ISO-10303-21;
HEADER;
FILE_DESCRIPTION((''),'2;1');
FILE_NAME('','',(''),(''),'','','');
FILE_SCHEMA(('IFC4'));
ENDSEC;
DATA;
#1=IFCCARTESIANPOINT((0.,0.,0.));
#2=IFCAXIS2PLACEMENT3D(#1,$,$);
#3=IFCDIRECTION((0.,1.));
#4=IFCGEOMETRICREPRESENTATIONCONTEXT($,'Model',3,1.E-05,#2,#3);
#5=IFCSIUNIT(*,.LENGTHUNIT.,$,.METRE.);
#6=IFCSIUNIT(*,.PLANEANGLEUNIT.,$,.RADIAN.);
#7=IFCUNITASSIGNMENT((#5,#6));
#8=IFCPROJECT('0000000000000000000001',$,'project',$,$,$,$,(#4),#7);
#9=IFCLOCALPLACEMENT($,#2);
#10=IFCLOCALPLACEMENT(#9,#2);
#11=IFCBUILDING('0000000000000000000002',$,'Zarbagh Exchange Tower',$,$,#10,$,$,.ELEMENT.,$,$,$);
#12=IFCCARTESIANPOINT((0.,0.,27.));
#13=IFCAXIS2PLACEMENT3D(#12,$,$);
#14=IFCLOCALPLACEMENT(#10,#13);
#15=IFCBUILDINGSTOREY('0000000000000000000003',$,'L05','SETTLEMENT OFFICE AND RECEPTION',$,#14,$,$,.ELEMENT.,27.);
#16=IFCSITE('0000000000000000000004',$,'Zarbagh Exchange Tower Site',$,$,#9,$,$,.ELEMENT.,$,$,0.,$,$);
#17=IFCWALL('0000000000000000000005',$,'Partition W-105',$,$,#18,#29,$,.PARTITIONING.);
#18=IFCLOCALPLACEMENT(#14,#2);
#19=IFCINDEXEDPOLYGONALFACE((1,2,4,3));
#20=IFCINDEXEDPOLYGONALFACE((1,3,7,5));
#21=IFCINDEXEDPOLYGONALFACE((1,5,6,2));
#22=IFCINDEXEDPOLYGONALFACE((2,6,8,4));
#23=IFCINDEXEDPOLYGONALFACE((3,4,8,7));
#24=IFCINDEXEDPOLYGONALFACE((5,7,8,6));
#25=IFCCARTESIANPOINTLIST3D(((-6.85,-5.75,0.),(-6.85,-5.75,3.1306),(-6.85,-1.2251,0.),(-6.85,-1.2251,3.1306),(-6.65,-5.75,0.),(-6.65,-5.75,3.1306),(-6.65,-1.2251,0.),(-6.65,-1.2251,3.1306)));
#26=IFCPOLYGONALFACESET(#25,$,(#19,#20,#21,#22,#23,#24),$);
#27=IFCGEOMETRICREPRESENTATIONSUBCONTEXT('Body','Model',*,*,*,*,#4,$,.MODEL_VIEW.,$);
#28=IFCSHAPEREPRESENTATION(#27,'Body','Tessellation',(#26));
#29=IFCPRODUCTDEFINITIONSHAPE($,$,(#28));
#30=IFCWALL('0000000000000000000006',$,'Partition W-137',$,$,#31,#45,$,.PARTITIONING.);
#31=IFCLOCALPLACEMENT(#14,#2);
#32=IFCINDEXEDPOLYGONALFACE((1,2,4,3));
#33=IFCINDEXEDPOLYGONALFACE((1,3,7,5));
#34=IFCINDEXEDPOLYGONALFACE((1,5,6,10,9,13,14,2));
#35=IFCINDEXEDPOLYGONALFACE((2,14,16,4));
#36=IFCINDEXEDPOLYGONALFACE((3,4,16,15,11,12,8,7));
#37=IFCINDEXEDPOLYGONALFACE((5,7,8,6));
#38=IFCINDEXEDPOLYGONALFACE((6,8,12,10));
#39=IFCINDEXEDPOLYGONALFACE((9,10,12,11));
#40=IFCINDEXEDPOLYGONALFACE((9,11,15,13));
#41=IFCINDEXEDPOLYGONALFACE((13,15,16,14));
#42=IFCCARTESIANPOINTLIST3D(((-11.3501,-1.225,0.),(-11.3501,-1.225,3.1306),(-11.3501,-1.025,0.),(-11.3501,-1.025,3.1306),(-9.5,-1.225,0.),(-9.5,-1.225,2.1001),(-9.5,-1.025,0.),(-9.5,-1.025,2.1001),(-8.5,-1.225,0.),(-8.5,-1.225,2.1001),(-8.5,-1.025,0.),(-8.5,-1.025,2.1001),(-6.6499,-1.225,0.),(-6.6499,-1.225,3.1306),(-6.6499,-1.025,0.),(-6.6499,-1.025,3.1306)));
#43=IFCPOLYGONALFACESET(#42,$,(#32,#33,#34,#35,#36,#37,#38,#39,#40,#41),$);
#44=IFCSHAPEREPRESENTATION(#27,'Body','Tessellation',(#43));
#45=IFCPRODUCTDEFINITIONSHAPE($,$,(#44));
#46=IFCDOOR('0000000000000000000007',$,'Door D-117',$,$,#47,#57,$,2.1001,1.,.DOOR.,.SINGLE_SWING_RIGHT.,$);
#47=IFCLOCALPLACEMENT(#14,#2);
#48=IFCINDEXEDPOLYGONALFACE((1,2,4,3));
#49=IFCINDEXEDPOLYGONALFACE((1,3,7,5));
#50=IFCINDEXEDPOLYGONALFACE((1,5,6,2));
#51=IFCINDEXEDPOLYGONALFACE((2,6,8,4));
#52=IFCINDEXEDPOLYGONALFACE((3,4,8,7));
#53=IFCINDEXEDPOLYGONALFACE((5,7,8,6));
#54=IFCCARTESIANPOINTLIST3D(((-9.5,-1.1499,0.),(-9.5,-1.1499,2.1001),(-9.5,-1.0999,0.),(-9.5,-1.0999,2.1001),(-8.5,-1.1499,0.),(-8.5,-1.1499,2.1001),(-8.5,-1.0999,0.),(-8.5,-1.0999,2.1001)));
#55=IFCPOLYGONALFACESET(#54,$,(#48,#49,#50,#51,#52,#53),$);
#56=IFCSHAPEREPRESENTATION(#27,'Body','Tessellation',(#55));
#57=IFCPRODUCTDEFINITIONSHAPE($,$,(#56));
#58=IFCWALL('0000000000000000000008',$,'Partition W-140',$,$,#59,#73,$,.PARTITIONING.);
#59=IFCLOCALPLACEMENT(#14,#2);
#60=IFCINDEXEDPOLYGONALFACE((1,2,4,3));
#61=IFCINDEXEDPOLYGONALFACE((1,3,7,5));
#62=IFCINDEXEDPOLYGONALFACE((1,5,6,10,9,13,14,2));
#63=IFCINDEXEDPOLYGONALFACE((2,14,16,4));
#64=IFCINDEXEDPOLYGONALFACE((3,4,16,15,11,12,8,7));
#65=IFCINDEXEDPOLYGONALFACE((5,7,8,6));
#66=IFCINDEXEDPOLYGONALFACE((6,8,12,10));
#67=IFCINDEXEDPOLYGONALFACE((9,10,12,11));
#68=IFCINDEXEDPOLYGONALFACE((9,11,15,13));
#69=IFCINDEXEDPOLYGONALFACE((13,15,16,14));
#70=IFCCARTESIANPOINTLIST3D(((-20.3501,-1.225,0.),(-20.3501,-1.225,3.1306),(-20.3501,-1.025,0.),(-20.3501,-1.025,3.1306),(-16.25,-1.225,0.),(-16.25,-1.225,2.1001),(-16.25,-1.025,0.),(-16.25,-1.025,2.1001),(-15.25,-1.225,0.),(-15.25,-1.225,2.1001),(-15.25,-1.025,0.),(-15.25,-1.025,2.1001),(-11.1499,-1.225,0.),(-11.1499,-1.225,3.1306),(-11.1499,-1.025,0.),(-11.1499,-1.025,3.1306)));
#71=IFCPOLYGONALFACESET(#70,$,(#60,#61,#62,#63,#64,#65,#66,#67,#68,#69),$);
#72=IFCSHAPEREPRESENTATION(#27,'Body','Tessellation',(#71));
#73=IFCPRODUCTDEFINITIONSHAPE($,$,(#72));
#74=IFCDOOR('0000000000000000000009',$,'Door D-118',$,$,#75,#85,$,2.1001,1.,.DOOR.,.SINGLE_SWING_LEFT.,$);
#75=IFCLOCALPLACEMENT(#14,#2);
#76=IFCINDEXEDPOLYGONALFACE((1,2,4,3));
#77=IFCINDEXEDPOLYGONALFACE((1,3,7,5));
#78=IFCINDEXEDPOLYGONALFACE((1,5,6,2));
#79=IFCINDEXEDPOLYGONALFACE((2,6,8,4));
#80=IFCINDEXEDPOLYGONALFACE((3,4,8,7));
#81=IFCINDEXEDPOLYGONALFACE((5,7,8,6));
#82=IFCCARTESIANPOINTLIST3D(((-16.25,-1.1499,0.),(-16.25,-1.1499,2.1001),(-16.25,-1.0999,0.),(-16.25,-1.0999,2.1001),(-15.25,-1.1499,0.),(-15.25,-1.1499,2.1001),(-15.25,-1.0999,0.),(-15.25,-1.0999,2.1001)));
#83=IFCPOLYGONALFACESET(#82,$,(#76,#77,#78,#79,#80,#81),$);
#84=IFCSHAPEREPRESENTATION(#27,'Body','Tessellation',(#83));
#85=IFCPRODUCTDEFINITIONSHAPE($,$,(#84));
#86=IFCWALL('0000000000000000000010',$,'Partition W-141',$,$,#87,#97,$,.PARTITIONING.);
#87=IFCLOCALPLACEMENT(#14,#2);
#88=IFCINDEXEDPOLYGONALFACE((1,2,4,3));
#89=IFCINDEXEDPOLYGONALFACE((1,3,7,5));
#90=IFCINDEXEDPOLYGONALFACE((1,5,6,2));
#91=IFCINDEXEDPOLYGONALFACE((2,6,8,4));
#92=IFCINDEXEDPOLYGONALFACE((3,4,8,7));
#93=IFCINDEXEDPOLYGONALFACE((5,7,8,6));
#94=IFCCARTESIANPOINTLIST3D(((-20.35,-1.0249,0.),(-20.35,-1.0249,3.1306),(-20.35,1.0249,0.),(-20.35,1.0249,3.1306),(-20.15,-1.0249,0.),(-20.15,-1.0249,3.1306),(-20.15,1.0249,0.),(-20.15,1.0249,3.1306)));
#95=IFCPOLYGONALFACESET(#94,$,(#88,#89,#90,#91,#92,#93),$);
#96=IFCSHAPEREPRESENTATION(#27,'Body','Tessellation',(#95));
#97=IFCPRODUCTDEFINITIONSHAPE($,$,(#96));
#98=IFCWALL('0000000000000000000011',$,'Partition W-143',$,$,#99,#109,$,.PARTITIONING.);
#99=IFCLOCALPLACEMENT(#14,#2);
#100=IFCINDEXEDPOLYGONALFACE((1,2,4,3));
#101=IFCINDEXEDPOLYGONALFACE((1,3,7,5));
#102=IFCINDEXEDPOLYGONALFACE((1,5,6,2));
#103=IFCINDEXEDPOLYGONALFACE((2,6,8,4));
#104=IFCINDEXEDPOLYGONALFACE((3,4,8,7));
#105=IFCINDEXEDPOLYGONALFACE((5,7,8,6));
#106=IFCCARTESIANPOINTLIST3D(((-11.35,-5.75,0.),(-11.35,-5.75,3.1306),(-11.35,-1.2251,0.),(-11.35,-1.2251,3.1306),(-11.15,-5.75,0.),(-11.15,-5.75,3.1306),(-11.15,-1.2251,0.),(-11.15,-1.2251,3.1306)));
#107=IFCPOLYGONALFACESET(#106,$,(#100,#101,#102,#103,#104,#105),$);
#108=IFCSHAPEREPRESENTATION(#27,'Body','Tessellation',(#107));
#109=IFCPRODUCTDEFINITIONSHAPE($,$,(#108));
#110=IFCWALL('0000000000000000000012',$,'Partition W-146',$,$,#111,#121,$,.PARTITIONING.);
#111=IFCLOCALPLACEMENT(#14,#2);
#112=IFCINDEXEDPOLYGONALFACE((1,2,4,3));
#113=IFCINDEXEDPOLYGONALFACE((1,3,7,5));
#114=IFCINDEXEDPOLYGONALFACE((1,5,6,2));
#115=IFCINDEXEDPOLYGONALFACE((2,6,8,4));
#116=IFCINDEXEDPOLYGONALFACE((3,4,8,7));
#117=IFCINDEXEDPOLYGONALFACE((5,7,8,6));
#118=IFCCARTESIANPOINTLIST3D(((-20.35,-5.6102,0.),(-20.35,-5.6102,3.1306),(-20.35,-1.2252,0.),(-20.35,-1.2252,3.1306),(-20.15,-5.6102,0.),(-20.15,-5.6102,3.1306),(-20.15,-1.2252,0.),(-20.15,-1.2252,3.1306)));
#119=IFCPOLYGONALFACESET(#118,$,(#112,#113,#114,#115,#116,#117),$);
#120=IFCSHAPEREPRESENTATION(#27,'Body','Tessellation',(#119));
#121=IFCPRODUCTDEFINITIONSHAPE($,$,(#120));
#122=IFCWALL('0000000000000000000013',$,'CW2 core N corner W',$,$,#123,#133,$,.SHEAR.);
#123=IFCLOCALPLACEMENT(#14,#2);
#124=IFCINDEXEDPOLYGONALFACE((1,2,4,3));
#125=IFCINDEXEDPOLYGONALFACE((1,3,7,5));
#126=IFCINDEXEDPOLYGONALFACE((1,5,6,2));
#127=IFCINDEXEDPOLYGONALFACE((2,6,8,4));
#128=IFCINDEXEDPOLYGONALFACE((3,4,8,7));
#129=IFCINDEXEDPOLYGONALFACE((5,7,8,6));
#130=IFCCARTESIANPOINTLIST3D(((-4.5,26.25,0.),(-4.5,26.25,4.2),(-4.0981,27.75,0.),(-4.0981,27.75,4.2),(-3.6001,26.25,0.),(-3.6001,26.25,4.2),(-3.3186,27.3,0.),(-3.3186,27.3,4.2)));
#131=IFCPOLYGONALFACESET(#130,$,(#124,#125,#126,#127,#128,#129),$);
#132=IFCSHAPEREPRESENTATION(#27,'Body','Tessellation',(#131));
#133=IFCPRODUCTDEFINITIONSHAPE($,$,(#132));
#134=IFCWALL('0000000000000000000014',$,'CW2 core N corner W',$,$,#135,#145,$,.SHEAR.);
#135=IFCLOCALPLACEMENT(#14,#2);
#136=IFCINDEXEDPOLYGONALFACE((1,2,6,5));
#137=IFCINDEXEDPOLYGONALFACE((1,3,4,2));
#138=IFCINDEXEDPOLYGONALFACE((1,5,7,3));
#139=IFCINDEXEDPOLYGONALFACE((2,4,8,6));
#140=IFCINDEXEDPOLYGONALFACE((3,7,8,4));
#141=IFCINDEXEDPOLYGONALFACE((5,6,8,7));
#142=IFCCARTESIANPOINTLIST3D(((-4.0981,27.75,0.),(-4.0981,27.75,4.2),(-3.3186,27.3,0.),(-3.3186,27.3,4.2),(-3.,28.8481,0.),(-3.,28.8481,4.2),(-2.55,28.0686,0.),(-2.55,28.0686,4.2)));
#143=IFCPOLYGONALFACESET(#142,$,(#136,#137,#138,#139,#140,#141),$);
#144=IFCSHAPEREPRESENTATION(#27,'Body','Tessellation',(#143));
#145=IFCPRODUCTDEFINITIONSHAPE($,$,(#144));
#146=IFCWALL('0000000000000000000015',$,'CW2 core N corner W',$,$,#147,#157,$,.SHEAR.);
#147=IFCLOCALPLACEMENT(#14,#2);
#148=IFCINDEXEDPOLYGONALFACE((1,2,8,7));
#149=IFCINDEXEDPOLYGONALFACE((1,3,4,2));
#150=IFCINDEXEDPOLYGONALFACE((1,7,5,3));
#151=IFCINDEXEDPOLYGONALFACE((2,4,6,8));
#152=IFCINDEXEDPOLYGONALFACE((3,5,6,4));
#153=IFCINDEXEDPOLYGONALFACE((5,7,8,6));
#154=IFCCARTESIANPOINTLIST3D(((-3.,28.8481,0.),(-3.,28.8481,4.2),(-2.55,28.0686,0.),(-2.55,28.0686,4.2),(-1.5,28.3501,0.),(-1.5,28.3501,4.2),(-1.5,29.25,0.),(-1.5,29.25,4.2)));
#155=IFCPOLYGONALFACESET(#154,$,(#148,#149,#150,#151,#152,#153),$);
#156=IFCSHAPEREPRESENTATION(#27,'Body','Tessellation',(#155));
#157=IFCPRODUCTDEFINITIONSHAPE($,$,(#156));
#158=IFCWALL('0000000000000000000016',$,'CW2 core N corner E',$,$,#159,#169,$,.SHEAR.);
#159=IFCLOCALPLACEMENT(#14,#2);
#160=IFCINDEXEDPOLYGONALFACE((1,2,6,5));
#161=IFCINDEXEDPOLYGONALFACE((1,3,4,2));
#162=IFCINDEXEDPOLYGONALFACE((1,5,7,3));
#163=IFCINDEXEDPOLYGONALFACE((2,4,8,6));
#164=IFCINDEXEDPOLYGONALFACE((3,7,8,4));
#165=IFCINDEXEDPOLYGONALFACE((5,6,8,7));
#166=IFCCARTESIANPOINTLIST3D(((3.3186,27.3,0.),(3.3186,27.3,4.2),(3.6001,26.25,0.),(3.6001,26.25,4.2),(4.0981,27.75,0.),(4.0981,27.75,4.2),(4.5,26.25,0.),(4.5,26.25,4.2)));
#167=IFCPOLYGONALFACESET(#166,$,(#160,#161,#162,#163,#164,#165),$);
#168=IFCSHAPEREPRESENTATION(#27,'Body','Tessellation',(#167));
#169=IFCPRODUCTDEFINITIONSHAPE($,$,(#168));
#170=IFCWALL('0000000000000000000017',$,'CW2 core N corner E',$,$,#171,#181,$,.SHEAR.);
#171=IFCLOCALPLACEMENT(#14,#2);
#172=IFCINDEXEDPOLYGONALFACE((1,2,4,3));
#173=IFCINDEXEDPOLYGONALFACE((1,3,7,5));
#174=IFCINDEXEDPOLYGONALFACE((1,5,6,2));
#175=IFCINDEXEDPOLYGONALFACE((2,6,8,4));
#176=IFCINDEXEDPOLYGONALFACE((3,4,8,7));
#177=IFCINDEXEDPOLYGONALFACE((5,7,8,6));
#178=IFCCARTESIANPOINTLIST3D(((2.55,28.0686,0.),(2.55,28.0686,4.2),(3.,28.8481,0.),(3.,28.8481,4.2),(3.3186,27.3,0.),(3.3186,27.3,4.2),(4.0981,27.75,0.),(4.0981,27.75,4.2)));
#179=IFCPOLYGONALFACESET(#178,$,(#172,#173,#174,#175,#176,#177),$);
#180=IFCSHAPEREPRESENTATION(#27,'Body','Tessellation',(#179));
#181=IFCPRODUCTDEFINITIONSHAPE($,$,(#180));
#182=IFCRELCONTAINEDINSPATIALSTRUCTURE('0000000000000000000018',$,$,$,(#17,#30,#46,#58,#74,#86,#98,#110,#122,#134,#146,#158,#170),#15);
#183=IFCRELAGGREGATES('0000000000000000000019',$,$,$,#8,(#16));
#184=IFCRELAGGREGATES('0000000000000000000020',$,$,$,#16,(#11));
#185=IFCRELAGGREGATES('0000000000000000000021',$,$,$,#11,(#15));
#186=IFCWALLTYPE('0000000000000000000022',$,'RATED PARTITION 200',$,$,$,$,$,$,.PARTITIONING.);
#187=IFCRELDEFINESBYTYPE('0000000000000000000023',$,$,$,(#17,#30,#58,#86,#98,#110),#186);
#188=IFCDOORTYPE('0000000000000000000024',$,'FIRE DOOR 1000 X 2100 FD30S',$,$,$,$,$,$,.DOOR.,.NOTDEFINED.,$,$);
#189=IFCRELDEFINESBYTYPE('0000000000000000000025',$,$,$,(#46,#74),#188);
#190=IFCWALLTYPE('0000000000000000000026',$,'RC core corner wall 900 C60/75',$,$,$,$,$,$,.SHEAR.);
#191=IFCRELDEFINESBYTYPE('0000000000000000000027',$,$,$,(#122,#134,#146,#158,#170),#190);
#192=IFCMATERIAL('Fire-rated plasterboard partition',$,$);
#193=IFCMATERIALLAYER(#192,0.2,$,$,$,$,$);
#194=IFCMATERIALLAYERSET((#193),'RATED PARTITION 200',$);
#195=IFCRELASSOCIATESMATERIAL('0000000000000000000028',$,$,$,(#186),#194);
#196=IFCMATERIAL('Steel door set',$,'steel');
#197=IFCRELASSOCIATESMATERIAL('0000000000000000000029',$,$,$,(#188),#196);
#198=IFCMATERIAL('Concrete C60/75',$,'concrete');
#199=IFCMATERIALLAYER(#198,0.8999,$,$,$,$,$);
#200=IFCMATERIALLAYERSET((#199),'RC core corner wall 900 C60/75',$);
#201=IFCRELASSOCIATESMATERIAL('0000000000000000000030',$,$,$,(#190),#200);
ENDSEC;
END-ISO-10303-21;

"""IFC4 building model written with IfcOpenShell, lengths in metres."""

from ifc_helpers import new_model, si_unit, direction, frame, frame_2d, origin, place, context, subcontext, project, spatial, polyline, rectangle, outline, extrude, material, layer, layer_set, type_object, element, fill, save


model = new_model("IFC4")

# Units and contexts
model_context = context("Model", 3, precision=1e-05, world=origin(), true_north=direction((0.0, 1.0)))
body_context = subcontext(model_context, "Body", "Model", "MODEL_VIEW")
ifc_project = project(units=[si_unit("LENGTHUNIT", "METRE"), si_unit("PLANEANGLEUNIT", "RADIAN")], contexts=[model_context])

# Site, building, storey
site_placement = place(None, origin())
site = spatial("IfcSite", under=ifc_project, at=site_placement, Name="Zarbagh Exchange Tower Site", CompositionType="ELEMENT", RefElevation=0.0)
building_placement = place(site_placement, origin())
building = spatial("IfcBuilding", under=site, at=building_placement, Name="Zarbagh Exchange Tower", CompositionType="ELEMENT")
storey_placement = place(building_placement, frame((0.0, 0.0, 27.0)))
storey = spatial("IfcBuildingStorey", under=building, at=storey_placement, Name="L05", Description="SETTLEMENT OFFICE AND RECEPTION", CompositionType="ELEMENT", Elevation=27.0)

# Shared definitions
ifc_material_1 = material(Name="Concrete C60/75", Category="concrete")

# Wall
ifc_material_2 = material(Name="Fire-rated plasterboard partition")
ifc_layer_1 = layer(ifc_material_2, 0.2)
ifc_layer_set_1 = layer_set([ifc_layer_1], Name="RATED PARTITION 200")
wall_type_1 = type_object("IfcWallType", Name="RATED PARTITION 200", PredefinedType="PARTITIONING", material=ifc_layer_set_1)
wall_1_placement = place(storey_placement, frame((-6.75, -5.75, 0.0), z_axis=(0.0, 0.0, 1.0), x_axis=(0.0, 1.0, 0.0)))
element("IfcWall", 1, at=wall_1_placement, inside=storey, type_object=wall_type_1, Name="Partition W-105", PredefinedType="PARTITIONING", context=body_context, shape_type="SweptSolid", body=[
    extrude(rectangle(XDim=4.5249, YDim=0.2, at=frame_2d((2.2625, 0.0))), origin(), (0.0, 0.0, 1.0), 3.1306),
])

# Walls, openings, doors
wall_2_placement = place(storey_placement, frame((-6.6499, -1.125, 0.0), z_axis=(0.0, 0.0, 1.0), x_axis=(-1.0, 0.0, 0.0)))
wall_2 = element("IfcWall", 2, at=wall_2_placement, inside=storey, type_object=wall_type_1, Name="Partition W-137", PredefinedType="PARTITIONING", context=body_context, shape_type="SweptSolid", body=[
    extrude(rectangle(XDim=4.7002, YDim=0.2, at=frame_2d((2.3501, 0.0))), origin(), (0.0, 0.0, 1.0), 3.1306),
])
opening_1_placement = place(wall_2_placement, frame((1.8501, 0.0, 0.0)))
opening_1 = element("IfcOpeningElement", 3, at=opening_1_placement, cuts=wall_2, PredefinedType="OPENING", context=body_context, shape_type="SweptSolid", body=[
    extrude(rectangle(XDim=1.0, YDim=2.1001, at=frame_2d((0.5, 1.05))), frame((0.0, 0.1099, 0.0), z_axis=(0.0, -1.0, 0.0), x_axis=(1.0, 0.0, 0.0)), (0.0, 0.0, 1.0), 0.22),
])
ifc_material_3 = material(Name="Steel door set", Category="steel")
door_type_1 = type_object("IfcDoorType", Name="FIRE DOOR 1000 X 2100 FD30S", OperationType="NOTDEFINED", PredefinedType="DOOR", material=ifc_material_3)
door_1_placement = place(opening_1_placement, origin())
door_1 = element("IfcDoor", 4, at=door_1_placement, inside=storey, type_object=door_type_1, Name="Door D-117", OperationType="SINGLE_SWING_RIGHT", OverallHeight=2.1001, OverallWidth=1.0, PredefinedType="DOOR", context=body_context, shape_type="SweptSolid", body=[
    extrude(rectangle(XDim=1.0, YDim=2.1001, at=frame_2d((0.5, 1.05))), frame((0.0, 0.0249, 0.0), z_axis=(0.0, -1.0, 0.0), x_axis=(1.0, 0.0, 0.0)), (0.0, 0.0, 1.0), 0.05),
])
fill(opening_1, door_1)
wall_3_placement = place(storey_placement, frame((-11.1499, -1.125, 0.0), z_axis=(0.0, 0.0, 1.0), x_axis=(-1.0, 0.0, 0.0)))
wall_3 = element("IfcWall", 5, at=wall_3_placement, inside=storey, type_object=wall_type_1, Name="Partition W-140", PredefinedType="PARTITIONING", context=body_context, shape_type="SweptSolid", body=[
    extrude(rectangle(XDim=9.2002, YDim=0.2, at=frame_2d((4.6001, 0.0))), origin(), (0.0, 0.0, 1.0), 3.1306),
])
opening_2_placement = place(wall_3_placement, frame((4.1001, 0.0, 0.0)))
opening_2 = element("IfcOpeningElement", 6, at=opening_2_placement, cuts=wall_3, PredefinedType="OPENING", context=body_context, shape_type="SweptSolid", body=[
    extrude(rectangle(XDim=1.0, YDim=2.1001, at=frame_2d((0.5, 1.05))), frame((0.0, 0.1099, 0.0), z_axis=(0.0, -1.0, 0.0), x_axis=(1.0, 0.0, 0.0)), (0.0, 0.0, 1.0), 0.22),
])
door_2_placement = place(opening_2_placement, origin())
door_2 = element("IfcDoor", 7, at=door_2_placement, inside=storey, type_object=door_type_1, Name="Door D-118", OperationType="SINGLE_SWING_LEFT", OverallHeight=2.1001, OverallWidth=1.0, PredefinedType="DOOR", context=body_context, shape_type="SweptSolid", body=[
    extrude(rectangle(XDim=1.0, YDim=2.1001, at=frame_2d((0.5, 1.05))), frame((0.0, 0.0249, 0.0), z_axis=(0.0, -1.0, 0.0), x_axis=(1.0, 0.0, 0.0)), (0.0, 0.0, 1.0), 0.05),
])
fill(opening_2, door_2)

# Walls
wall_4_placement = place(storey_placement, frame((-20.25, -1.0249, 0.0), z_axis=(0.0, 0.0, 1.0), x_axis=(0.0, 1.0, 0.0)))
element("IfcWall", 8, at=wall_4_placement, inside=storey, type_object=wall_type_1, Name="Partition W-141", PredefinedType="PARTITIONING", context=body_context, shape_type="SweptSolid", body=[
    extrude(rectangle(XDim=2.0498, YDim=0.2, at=frame_2d((1.0249, 0.0))), origin(), (0.0, 0.0, 1.0), 3.1306),
])
wall_5_placement = place(storey_placement, frame((-11.25, -5.75, 0.0), z_axis=(0.0, 0.0, 1.0), x_axis=(0.0, 1.0, 0.0)))
element("IfcWall", 9, at=wall_5_placement, inside=storey, type_object=wall_type_1, Name="Partition W-143", PredefinedType="PARTITIONING", context=body_context, shape_type="SweptSolid", body=[
    extrude(rectangle(XDim=4.5249, YDim=0.2, at=frame_2d((2.2625, 0.0))), origin(), (0.0, 0.0, 1.0), 3.1306),
])
wall_6_placement = place(storey_placement, frame((-20.25, -5.6101, 0.0), z_axis=(0.0, 0.0, 1.0), x_axis=(0.0, 1.0, 0.0)))
element("IfcWall", 10, at=wall_6_placement, inside=storey, type_object=wall_type_1, Name="Partition W-146", PredefinedType="PARTITIONING", context=body_context, shape_type="SweptSolid", body=[
    extrude(rectangle(XDim=4.385, YDim=0.2, at=frame_2d((2.1924, 0.0))), origin(), (0.0, 0.0, 1.0), 3.1306),
])
ifc_layer_2 = layer(ifc_material_1, 0.8999)
ifc_layer_set_2 = layer_set([ifc_layer_2], Name="RC core corner wall 900 C60/75")
wall_type_2 = type_object("IfcWallType", Name="RC core corner wall 900 C60/75", PredefinedType="SHEAR", material=ifc_layer_set_2)
wall_7_placement = place(storey_placement, origin())
element("IfcWall", 11, at=wall_7_placement, inside=storey, type_object=wall_type_2, Name="CW2 core N corner W", PredefinedType="SHEAR", context=body_context, shape_type="SweptSolid", body=[
    extrude(outline(polyline([(-4.5, 26.25), (-4.0981, 27.75), (-3.3186, 27.3), (-3.6001, 26.25), (-4.5, 26.25)])), origin(), (0.0, 0.0, 1.0), 4.2),
])
wall_8_placement = place(storey_placement, origin())
element("IfcWall", 12, at=wall_8_placement, inside=storey, type_object=wall_type_2, Name="CW2 core N corner W", PredefinedType="SHEAR", context=body_context, shape_type="SweptSolid", body=[
    extrude(outline(polyline([(-4.0981, 27.75), (-3.0, 28.8481), (-2.55, 28.0686), (-3.3186, 27.3), (-4.0981, 27.75)])), origin(), (0.0, 0.0, 1.0), 4.2),
])
wall_9_placement = place(storey_placement, origin())
element("IfcWall", 13, at=wall_9_placement, inside=storey, type_object=wall_type_2, Name="CW2 core N corner W", PredefinedType="SHEAR", context=body_context, shape_type="SweptSolid", body=[
    extrude(outline(polyline([(-3.0, 28.8481), (-1.5, 29.25), (-1.5, 28.3501), (-2.55, 28.0686), (-3.0, 28.8481)])), origin(), (0.0, 0.0, 1.0), 4.2),
])
wall_10_placement = place(storey_placement, origin())
element("IfcWall", 14, at=wall_10_placement, inside=storey, type_object=wall_type_2, Name="CW2 core N corner E", PredefinedType="SHEAR", context=body_context, shape_type="SweptSolid", body=[
    extrude(outline(polyline([(4.5, 26.25), (4.0981, 27.75), (3.3186, 27.3), (3.6001, 26.25), (4.5, 26.25)])), origin(), (0.0, 0.0, 1.0), 4.2),
])
wall_11_placement = place(storey_placement, origin())
element("IfcWall", 15, at=wall_11_placement, inside=storey, type_object=wall_type_2, Name="CW2 core N corner E", PredefinedType="SHEAR", context=body_context, shape_type="SweptSolid", body=[
    extrude(outline(polyline([(4.0981, 27.75), (3.0, 28.8481), (2.55, 28.0686), (3.3186, 27.3), (4.0981, 27.75)])), origin(), (0.0, 0.0, 1.0), 4.2),
])

save(model, "model.ifc")
